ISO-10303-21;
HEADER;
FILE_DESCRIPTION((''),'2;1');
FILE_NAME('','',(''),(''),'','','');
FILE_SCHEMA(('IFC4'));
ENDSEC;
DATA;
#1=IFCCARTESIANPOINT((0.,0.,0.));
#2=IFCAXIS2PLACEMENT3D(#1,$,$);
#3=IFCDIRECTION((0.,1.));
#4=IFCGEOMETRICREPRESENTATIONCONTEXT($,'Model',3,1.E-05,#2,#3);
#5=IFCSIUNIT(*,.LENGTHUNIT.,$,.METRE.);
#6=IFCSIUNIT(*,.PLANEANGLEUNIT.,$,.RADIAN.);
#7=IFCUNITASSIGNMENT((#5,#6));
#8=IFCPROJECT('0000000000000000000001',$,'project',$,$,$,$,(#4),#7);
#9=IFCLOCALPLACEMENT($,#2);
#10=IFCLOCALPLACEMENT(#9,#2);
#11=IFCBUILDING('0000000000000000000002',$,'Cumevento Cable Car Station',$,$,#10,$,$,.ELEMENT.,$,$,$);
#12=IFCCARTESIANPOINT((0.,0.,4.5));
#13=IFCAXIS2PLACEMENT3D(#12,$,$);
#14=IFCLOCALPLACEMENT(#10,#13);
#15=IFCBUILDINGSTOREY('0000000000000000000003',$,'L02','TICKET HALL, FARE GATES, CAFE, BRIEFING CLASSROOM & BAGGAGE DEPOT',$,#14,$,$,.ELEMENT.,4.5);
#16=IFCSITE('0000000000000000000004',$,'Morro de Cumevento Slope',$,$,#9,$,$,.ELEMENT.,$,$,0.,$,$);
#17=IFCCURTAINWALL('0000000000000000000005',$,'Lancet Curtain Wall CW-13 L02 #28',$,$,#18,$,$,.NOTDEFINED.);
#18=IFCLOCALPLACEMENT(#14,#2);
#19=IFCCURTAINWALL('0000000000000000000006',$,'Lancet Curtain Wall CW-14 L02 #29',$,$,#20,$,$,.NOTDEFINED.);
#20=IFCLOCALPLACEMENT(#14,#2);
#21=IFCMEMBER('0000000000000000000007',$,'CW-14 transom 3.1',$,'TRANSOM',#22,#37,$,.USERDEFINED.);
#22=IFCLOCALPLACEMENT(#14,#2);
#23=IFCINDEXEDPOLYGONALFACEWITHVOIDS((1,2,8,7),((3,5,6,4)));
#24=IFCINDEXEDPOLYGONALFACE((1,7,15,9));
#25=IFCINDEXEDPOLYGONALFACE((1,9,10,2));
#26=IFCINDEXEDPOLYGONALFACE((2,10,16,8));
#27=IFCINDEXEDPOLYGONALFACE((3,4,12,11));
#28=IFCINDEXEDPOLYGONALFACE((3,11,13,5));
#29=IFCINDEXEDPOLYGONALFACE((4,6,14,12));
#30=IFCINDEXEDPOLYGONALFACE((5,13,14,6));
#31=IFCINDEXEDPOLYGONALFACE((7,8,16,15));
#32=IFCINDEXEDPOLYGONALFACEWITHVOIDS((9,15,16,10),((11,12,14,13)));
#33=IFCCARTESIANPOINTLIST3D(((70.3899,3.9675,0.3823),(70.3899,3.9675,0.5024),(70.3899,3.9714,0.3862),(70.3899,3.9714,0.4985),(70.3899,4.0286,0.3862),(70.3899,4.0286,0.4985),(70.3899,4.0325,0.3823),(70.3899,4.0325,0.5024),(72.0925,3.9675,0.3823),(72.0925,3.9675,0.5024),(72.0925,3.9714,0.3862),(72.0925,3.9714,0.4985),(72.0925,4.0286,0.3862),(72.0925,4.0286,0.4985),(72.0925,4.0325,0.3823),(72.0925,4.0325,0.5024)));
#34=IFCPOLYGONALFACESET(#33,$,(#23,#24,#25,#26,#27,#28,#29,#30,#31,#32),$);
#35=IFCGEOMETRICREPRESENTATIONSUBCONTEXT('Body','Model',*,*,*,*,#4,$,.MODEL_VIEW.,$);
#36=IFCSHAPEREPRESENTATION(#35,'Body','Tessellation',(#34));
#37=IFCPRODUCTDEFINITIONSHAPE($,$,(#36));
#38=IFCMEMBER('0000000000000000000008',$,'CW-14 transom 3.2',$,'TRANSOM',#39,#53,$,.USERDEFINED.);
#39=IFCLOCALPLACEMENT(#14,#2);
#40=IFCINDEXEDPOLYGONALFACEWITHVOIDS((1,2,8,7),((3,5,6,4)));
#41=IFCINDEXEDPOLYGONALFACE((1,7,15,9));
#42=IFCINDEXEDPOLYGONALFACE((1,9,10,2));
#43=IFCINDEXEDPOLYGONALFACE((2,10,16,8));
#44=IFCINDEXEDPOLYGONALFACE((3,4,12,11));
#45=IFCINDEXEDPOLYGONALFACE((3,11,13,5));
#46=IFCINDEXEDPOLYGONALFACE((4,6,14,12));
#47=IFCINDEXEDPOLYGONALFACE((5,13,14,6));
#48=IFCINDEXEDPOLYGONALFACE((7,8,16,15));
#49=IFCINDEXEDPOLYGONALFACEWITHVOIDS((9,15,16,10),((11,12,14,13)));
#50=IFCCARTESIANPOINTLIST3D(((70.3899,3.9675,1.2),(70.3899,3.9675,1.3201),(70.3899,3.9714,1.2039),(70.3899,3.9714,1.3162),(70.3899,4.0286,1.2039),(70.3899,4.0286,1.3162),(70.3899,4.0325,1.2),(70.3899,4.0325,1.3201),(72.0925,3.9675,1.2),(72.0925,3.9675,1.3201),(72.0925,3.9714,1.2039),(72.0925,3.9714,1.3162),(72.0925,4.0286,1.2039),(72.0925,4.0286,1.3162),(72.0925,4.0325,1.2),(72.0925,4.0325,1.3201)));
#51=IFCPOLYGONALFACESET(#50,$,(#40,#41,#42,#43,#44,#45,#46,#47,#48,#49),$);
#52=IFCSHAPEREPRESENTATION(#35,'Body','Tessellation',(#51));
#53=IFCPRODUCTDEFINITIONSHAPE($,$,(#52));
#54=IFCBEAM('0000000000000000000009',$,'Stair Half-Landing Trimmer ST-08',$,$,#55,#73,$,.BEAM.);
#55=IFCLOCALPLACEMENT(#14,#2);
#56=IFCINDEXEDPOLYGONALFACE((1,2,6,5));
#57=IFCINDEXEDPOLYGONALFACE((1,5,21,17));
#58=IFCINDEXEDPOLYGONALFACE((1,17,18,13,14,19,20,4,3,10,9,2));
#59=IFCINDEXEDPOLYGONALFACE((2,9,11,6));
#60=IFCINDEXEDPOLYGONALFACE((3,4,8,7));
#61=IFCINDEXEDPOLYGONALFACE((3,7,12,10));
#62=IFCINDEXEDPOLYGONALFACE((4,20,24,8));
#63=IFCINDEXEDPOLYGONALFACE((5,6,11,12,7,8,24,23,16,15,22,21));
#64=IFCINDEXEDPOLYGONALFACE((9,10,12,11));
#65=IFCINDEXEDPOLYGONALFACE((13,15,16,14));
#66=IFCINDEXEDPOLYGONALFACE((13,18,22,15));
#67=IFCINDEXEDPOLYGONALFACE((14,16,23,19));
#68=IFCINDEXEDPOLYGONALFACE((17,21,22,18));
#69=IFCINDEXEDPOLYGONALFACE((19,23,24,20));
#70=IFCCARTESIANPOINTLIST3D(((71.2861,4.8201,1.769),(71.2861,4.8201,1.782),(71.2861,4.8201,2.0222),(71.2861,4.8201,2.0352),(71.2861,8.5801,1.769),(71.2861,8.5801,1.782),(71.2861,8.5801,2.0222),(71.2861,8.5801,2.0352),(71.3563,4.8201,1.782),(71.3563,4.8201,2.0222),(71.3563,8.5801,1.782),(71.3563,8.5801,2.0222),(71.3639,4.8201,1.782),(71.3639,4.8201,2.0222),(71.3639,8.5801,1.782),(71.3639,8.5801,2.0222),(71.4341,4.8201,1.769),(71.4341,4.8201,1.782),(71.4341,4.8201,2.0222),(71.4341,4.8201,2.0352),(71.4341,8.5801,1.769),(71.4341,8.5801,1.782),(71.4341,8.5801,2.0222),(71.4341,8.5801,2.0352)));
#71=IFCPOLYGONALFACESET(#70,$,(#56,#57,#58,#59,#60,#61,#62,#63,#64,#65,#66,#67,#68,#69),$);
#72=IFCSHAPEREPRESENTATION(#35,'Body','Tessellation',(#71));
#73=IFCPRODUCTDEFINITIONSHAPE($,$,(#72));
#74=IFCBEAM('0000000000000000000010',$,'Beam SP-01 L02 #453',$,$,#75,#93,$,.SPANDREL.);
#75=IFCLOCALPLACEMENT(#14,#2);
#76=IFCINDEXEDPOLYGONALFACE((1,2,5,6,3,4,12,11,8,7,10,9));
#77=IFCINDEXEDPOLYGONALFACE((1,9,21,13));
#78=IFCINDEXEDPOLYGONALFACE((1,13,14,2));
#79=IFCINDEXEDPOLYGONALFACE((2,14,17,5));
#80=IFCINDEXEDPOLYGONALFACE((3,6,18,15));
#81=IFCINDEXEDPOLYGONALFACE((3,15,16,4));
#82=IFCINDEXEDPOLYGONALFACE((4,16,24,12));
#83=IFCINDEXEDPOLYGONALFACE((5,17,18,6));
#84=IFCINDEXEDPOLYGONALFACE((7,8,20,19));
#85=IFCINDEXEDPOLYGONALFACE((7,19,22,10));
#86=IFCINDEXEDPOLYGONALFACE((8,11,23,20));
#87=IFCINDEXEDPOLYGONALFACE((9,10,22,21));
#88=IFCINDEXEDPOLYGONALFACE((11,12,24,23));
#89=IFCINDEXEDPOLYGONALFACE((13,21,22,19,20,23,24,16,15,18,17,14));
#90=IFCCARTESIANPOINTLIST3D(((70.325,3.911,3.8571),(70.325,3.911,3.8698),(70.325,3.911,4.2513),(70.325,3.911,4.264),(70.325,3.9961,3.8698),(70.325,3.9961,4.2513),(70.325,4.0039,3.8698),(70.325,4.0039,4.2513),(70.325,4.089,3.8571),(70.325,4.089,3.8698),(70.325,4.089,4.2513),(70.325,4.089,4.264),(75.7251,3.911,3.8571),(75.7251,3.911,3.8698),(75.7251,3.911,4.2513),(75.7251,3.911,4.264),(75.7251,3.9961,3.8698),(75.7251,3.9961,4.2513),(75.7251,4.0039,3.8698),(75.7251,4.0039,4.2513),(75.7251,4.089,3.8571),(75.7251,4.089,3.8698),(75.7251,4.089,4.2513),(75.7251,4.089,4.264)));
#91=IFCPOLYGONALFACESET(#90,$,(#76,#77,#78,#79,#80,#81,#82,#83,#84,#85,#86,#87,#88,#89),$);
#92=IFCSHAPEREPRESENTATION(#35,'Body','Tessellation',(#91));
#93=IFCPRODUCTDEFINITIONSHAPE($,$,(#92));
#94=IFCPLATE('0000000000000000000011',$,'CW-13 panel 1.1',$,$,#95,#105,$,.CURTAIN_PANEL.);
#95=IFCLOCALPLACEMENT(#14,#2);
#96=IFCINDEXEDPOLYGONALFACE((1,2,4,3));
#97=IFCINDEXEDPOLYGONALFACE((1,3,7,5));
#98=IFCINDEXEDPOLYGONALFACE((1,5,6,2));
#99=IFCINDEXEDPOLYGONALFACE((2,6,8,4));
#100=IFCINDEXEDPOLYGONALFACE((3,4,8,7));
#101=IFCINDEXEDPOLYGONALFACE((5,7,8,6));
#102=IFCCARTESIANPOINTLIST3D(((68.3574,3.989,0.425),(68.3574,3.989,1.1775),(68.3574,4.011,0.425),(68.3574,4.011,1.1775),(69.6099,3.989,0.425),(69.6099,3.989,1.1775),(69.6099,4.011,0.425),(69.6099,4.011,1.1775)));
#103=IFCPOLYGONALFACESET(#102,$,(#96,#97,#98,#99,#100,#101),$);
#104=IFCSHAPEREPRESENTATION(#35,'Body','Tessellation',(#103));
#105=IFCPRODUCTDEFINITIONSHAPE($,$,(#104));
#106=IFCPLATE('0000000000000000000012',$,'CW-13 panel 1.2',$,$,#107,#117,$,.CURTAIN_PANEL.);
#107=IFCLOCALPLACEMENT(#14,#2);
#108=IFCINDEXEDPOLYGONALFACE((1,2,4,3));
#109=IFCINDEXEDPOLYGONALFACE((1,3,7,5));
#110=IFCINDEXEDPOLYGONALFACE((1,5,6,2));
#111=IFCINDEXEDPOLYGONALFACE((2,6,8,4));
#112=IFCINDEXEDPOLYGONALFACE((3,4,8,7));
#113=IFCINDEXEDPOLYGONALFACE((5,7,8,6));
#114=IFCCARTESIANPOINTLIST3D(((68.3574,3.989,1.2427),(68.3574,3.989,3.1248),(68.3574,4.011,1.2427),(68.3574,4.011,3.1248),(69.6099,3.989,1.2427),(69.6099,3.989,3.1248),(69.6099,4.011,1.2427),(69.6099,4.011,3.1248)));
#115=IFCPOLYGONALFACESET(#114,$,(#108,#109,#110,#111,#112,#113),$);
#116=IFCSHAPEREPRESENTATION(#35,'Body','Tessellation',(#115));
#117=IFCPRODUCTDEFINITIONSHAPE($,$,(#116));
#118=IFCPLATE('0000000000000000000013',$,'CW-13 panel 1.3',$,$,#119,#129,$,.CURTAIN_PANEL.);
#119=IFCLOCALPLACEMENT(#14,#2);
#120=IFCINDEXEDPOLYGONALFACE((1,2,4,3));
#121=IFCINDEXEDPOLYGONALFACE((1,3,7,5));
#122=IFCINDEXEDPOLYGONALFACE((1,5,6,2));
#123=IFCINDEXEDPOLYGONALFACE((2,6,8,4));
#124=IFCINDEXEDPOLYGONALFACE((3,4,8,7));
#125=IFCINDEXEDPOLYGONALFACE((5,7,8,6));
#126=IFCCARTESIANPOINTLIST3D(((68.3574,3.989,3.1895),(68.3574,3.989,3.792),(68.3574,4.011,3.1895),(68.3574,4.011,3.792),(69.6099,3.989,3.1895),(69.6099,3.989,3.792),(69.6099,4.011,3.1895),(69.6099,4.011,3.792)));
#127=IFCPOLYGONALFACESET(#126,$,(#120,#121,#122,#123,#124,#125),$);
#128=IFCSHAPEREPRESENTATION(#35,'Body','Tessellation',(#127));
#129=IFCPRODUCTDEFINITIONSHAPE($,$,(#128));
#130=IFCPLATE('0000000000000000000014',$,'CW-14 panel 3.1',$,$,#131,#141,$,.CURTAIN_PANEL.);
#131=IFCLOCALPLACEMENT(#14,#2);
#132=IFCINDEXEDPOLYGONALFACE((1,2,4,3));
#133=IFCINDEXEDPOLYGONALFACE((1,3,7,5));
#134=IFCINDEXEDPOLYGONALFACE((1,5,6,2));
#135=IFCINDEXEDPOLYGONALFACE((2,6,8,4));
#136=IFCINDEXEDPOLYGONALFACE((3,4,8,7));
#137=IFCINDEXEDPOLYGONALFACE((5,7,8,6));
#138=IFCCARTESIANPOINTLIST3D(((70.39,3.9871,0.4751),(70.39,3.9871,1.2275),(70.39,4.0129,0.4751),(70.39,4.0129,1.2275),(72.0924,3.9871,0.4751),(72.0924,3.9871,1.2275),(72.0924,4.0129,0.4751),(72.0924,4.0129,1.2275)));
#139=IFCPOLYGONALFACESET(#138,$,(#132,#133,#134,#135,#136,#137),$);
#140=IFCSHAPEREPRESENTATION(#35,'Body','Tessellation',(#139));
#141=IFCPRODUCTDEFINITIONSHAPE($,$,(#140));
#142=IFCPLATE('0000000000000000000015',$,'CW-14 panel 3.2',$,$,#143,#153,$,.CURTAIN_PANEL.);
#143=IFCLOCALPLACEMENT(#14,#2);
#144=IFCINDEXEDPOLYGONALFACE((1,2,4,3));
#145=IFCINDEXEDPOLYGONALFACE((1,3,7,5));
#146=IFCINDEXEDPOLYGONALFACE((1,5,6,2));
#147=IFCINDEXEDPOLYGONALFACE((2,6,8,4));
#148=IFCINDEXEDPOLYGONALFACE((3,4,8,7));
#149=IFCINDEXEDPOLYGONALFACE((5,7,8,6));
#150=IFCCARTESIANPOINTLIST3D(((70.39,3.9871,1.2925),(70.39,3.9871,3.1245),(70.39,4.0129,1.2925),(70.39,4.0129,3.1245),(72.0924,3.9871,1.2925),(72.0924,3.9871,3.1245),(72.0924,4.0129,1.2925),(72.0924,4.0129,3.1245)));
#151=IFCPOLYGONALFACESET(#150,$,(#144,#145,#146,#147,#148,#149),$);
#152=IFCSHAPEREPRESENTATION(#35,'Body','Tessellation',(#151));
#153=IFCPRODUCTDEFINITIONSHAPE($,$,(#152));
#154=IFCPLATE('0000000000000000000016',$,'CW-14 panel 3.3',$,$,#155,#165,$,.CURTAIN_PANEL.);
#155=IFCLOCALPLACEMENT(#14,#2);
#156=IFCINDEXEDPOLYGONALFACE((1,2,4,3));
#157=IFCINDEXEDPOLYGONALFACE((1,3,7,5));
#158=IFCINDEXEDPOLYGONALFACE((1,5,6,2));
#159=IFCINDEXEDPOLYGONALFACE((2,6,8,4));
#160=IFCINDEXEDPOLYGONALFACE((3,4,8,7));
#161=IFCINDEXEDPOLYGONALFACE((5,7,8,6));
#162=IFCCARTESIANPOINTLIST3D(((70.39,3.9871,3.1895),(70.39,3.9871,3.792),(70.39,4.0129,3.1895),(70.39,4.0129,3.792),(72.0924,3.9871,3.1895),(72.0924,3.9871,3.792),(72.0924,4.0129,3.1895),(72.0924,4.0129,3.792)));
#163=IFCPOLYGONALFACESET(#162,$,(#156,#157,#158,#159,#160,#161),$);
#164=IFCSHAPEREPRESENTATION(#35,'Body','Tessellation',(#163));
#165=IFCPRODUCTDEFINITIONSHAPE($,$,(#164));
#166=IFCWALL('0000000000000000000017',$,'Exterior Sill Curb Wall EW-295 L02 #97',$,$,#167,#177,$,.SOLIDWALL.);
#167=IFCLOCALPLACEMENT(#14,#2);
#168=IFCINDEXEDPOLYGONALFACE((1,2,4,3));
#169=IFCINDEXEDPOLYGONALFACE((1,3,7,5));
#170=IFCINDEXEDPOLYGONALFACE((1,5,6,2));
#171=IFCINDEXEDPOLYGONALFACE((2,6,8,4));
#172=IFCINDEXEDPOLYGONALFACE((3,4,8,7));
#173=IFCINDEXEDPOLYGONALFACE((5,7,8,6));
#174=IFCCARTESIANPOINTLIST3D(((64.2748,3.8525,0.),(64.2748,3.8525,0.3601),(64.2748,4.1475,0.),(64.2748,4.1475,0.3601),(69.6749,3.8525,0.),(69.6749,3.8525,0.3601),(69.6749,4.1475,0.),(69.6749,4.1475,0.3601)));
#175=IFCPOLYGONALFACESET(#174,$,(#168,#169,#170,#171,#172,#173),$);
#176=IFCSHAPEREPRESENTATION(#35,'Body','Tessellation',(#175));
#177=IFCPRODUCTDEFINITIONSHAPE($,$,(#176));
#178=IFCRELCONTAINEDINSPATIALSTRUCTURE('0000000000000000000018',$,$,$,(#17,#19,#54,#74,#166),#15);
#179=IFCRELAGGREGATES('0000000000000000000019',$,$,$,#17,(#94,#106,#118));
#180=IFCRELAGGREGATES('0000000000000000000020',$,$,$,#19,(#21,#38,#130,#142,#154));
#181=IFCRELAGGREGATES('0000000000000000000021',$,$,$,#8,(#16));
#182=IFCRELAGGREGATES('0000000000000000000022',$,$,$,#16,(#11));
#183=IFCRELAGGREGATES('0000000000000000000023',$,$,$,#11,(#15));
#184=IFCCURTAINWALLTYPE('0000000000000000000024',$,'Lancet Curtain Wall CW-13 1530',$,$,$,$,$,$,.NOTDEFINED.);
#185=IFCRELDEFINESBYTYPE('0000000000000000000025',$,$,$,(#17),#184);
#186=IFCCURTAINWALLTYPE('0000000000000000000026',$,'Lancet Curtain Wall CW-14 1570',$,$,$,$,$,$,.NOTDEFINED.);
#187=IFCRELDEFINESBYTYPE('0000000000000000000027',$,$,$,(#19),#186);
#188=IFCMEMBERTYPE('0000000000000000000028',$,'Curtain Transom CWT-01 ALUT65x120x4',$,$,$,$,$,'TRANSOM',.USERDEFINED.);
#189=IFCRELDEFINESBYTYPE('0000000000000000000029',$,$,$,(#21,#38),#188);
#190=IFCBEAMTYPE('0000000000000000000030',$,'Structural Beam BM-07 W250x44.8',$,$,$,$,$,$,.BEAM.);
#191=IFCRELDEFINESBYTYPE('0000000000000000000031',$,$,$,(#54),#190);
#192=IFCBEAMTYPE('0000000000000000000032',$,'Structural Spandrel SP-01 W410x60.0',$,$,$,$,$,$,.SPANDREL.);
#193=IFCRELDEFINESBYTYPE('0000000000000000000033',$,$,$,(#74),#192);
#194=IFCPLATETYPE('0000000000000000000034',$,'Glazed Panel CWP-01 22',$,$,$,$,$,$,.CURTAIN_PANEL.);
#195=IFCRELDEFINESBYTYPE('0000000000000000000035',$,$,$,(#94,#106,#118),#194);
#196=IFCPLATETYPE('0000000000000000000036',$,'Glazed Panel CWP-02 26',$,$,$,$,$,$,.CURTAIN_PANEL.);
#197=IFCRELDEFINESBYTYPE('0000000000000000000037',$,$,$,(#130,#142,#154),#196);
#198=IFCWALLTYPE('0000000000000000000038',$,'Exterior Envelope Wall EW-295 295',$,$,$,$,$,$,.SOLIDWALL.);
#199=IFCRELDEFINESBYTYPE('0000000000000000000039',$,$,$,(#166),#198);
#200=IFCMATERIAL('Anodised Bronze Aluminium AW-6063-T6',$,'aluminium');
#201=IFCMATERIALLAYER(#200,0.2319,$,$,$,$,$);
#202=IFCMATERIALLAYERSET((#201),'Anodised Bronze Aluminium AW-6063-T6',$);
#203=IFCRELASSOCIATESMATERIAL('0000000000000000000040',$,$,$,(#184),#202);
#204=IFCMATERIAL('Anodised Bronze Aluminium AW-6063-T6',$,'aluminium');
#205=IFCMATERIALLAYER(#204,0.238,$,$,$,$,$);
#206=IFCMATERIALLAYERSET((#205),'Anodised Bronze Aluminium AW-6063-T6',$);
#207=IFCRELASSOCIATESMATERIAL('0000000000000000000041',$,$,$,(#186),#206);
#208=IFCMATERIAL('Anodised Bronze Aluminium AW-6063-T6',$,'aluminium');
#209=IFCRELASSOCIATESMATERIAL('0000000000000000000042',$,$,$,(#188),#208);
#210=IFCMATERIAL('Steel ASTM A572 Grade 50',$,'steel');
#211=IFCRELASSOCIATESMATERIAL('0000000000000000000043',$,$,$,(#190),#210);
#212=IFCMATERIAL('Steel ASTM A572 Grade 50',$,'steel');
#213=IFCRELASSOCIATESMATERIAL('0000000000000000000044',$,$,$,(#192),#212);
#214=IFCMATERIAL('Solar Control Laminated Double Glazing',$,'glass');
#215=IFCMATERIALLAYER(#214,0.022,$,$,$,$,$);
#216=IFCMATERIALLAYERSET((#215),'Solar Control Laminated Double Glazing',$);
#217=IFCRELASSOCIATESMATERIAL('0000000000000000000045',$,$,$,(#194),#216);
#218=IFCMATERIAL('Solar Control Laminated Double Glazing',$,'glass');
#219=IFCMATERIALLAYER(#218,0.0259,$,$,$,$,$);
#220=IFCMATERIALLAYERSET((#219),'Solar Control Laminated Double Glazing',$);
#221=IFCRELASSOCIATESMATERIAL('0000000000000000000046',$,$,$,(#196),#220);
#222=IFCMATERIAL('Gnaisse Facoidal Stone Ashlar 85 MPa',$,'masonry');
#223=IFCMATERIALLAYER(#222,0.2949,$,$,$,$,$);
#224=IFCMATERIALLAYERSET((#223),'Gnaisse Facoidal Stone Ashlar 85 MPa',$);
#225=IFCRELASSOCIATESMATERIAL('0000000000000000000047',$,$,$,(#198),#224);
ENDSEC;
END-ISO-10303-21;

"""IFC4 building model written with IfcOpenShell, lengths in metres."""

from ifc_helpers import new_model, si_unit, direction, frame, frame_2d, origin, origin_2d, place, context, subcontext, project, spatial, rectangle, hollow_rectangle, i_section, extrude, material, layer, layer_set, material_profile, profile_set, type_object, element, aggregate, save


model = new_model("IFC4")

# Units and contexts
model_context = context("Model", 3, precision=1e-05, world=origin(), true_north=direction((0.0, 1.0)))
body_context = subcontext(model_context, "Body", "Model", "MODEL_VIEW")
ifc_project = project(units=[si_unit("LENGTHUNIT", "METRE"), si_unit("PLANEANGLEUNIT", "RADIAN")], contexts=[model_context])

# Site, building, storey
site_placement = place(None, origin())
site = spatial("IfcSite", under=ifc_project, at=site_placement, Name="Morro de Cumevento Slope", CompositionType="ELEMENT", RefElevation=0.0)
building_placement = place(site_placement, origin())
building = spatial("IfcBuilding", under=site, at=building_placement, Name="Cumevento Cable Car Station", CompositionType="ELEMENT")
storey_placement = place(building_placement, frame((0.0, 0.0, 4.5)))
storey = spatial("IfcBuildingStorey", under=building, at=storey_placement, Name="L02", Description="TICKET HALL, FARE GATES, CAFE, BRIEFING CLASSROOM & BAGGAGE DEPOT", CompositionType="ELEMENT", Elevation=4.5)

# Curtain wall
ifc_material_1 = material(Name="Anodised Bronze Aluminium AW-6063-T6", Category="aluminium")
ifc_layer_1 = layer(ifc_material_1, 0.2319)
ifc_layer_set_1 = layer_set([ifc_layer_1], Name="Anodised Bronze Aluminium AW-6063-T6")
curtain_wall_type_1 = type_object("IfcCurtainWallType", Name="Lancet Curtain Wall CW-13 1530", PredefinedType="NOTDEFINED", material=ifc_layer_set_1)
curtain_wall_1_placement = place(storey_placement, origin())
curtain_wall_1 = element("IfcCurtainWall", 1, at=curtain_wall_1_placement, inside=storey, type_object=curtain_wall_type_1, Name="Lancet Curtain Wall CW-13 L02 #28", PredefinedType="NOTDEFINED")

# Curtain wall
ifc_material_2 = material(Name="Anodised Bronze Aluminium AW-6063-T6", Category="aluminium")
ifc_layer_2 = layer(ifc_material_2, 0.238)
ifc_layer_set_2 = layer_set([ifc_layer_2], Name="Anodised Bronze Aluminium AW-6063-T6")
curtain_wall_type_2 = type_object("IfcCurtainWallType", Name="Lancet Curtain Wall CW-14 1570", PredefinedType="NOTDEFINED", material=ifc_layer_set_2)
curtain_wall_2_placement = place(storey_placement, origin())
curtain_wall_2 = element("IfcCurtainWall", 2, at=curtain_wall_2_placement, inside=storey, type_object=curtain_wall_type_2, Name="Lancet Curtain Wall CW-14 L02 #29", PredefinedType="NOTDEFINED")

# Members
ifc_material_3 = material(Name="Anodised Bronze Aluminium AW-6063-T6", Category="aluminium")
ifc_material_profile_1 = material_profile(ifc_material_3, hollow_rectangle(XDim=0.0649, YDim=0.1201, WallThickness=0.0039, at=origin_2d()), Name="ALUT65x120x4")
ifc_profile_set_1 = profile_set([ifc_material_profile_1], Name="Anodised Bronze Aluminium AW-6063-T6")
member_type_1 = type_object("IfcMemberType", Name="Curtain Transom CWT-01 ALUT65x120x4", ElementType="TRANSOM", PredefinedType="USERDEFINED", material=ifc_profile_set_1)
member_1_placement = place(storey_placement, frame((72.0925, 4.0, 0.4424), z_axis=(-1.0, 0.0, 0.0), x_axis=(0.0, -1.0, 0.0)))
member_1 = element("IfcMember", 3, at=member_1_placement, type_object=member_type_1, Name="CW-14 transom 3.1", ObjectType="TRANSOM", PredefinedType="USERDEFINED", context=body_context, shape_type="SweptSolid", body=[
    extrude(hollow_rectangle(XDim=0.0649, YDim=0.1201, WallThickness=0.0039, at=origin_2d()), origin(), (0.0, 0.0, 1.0), 1.7026),
])
member_2_placement = place(storey_placement, frame((72.0925, 4.0, 1.26), z_axis=(-1.0, 0.0, 0.0), x_axis=(0.0, -1.0, 0.0)))
member_2 = element("IfcMember", 4, at=member_2_placement, type_object=member_type_1, Name="CW-14 transom 3.2", ObjectType="TRANSOM", PredefinedType="USERDEFINED", context=body_context, shape_type="SweptSolid", body=[
    extrude(hollow_rectangle(XDim=0.0649, YDim=0.1201, WallThickness=0.0039, at=origin_2d()), origin(), (0.0, 0.0, 1.0), 1.7026),
])

# Beams
ifc_material_4 = material(Name="Steel ASTM A572 Grade 50", Category="steel")
ifc_material_profile_2 = material_profile(ifc_material_4, i_section(OverallWidth=0.1479, OverallDepth=0.2661, WebThickness=0.0076, FlangeThickness=0.0129, at=origin_2d()), Name="W250x44.8")
ifc_profile_set_2 = profile_set([ifc_material_profile_2], Name="Steel ASTM A572 Grade 50")
beam_type_1 = type_object("IfcBeamType", Name="Structural Beam BM-07 W250x44.8", PredefinedType="BEAM", material=ifc_profile_set_2)
beam_1_placement = place(storey_placement, frame((71.3601, 4.8201, 1.9021), z_axis=(0.0, 1.0, 0.0), x_axis=(-1.0, 0.0, 0.0)))
element("IfcBeam", 5, at=beam_1_placement, inside=storey, type_object=beam_type_1, Name="Stair Half-Landing Trimmer ST-08", PredefinedType="BEAM", context=body_context, shape_type="SweptSolid", body=[
    extrude(i_section(OverallWidth=0.1479, OverallDepth=0.2661, WebThickness=0.0076, FlangeThickness=0.0129, at=origin_2d()), origin(), (0.0, 0.0, 1.0), 3.76),
])
ifc_material_5 = material(Name="Steel ASTM A572 Grade 50", Category="steel")
ifc_material_profile_3 = material_profile(ifc_material_5, i_section(OverallWidth=0.178, OverallDepth=0.407, WebThickness=0.0078, FlangeThickness=0.0127, at=origin_2d()), Name="W410x60.0")
ifc_profile_set_3 = profile_set([ifc_material_profile_3], Name="Steel ASTM A572 Grade 50")
beam_type_2 = type_object("IfcBeamType", Name="Structural Spandrel SP-01 W410x60.0", PredefinedType="SPANDREL", material=ifc_profile_set_3)
beam_2_placement = place(storey_placement, frame((70.325, 4.0, 4.0605), z_axis=(1.0, 0.0, 0.0), x_axis=(0.0, 1.0, 0.0)))
element("IfcBeam", 6, at=beam_2_placement, inside=storey, type_object=beam_type_2, Name="Beam SP-01 L02 #453", PredefinedType="SPANDREL", context=body_context, shape_type="SweptSolid", body=[
    extrude(i_section(OverallWidth=0.178, OverallDepth=0.407, WebThickness=0.0078, FlangeThickness=0.0127, at=origin_2d()), origin(), (0.0, 0.0, 1.0), 5.4001),
])

# Plates
ifc_material_6 = material(Name="Solar Control Laminated Double Glazing", Category="glass")
ifc_layer_3 = layer(ifc_material_6, 0.022)
ifc_layer_set_3 = layer_set([ifc_layer_3], Name="Solar Control Laminated Double Glazing")
plate_type_1 = type_object("IfcPlateType", Name="Glazed Panel CWP-01 22", PredefinedType="CURTAIN_PANEL", material=ifc_layer_set_3)
plate_1_placement = place(storey_placement, frame((68.9836, 4.0, 0.425), z_axis=(0.0, 0.0, 1.0), x_axis=(-1.0, 0.0, 0.0)))
plate_1 = element("IfcPlate", 7, at=plate_1_placement, type_object=plate_type_1, Name="CW-13 panel 1.1", PredefinedType="CURTAIN_PANEL", context=body_context, shape_type="SweptSolid", body=[
    extrude(rectangle(XDim=1.2524, YDim=0.022, at=origin_2d()), origin(), (0.0, 0.0, 1.0), 0.7524),
])
plate_2_placement = place(storey_placement, frame((68.9836, 4.0, 1.2427), z_axis=(0.0, 0.0, 1.0), x_axis=(-1.0, 0.0, 0.0)))
plate_2 = element("IfcPlate", 8, at=plate_2_placement, type_object=plate_type_1, Name="CW-13 panel 1.2", PredefinedType="CURTAIN_PANEL", context=body_context, shape_type="SweptSolid", body=[
    extrude(rectangle(XDim=1.2524, YDim=0.022, at=origin_2d()), origin(), (0.0, 0.0, 1.0), 1.8821),
])
plate_3_placement = place(storey_placement, frame((68.9836, 4.0, 3.1895), z_axis=(0.0, 0.0, 1.0), x_axis=(-1.0, 0.0, 0.0)))
plate_3 = element("IfcPlate", 9, at=plate_3_placement, type_object=plate_type_1, Name="CW-13 panel 1.3", PredefinedType="CURTAIN_PANEL", context=body_context, shape_type="SweptSolid", body=[
    extrude(rectangle(XDim=1.2524, YDim=0.022, at=origin_2d()), origin(), (0.0, 0.0, 1.0), 0.6025),
])
aggregate(curtain_wall_1, [plate_1, plate_2, plate_3])
ifc_material_7 = material(Name="Solar Control Laminated Double Glazing", Category="glass")
ifc_layer_4 = layer(ifc_material_7, 0.0259)
ifc_layer_set_4 = layer_set([ifc_layer_4], Name="Solar Control Laminated Double Glazing")
plate_type_2 = type_object("IfcPlateType", Name="Glazed Panel CWP-02 26", PredefinedType="CURTAIN_PANEL", material=ifc_layer_set_4)
plate_4_placement = place(storey_placement, frame((71.2412, 4.0, 0.4751), z_axis=(0.0, 0.0, 1.0), x_axis=(-1.0, 0.0, 0.0)))
plate_4 = element("IfcPlate", 10, at=plate_4_placement, type_object=plate_type_2, Name="CW-14 panel 3.1", PredefinedType="CURTAIN_PANEL", context=body_context, shape_type="SweptSolid", body=[
    extrude(rectangle(XDim=1.7024, YDim=0.0259, at=origin_2d()), origin(), (0.0, 0.0, 1.0), 0.7524),
])
plate_5_placement = place(storey_placement, frame((71.2412, 4.0, 1.2925), z_axis=(0.0, 0.0, 1.0), x_axis=(-1.0, 0.0, 0.0)))
plate_5 = element("IfcPlate", 11, at=plate_5_placement, type_object=plate_type_2, Name="CW-14 panel 3.2", PredefinedType="CURTAIN_PANEL", context=body_context, shape_type="SweptSolid", body=[
    extrude(rectangle(XDim=1.7024, YDim=0.0259, at=origin_2d()), origin(), (0.0, 0.0, 1.0), 1.832),
])
plate_6_placement = place(storey_placement, frame((71.2412, 4.0, 3.1895), z_axis=(0.0, 0.0, 1.0), x_axis=(-1.0, 0.0, 0.0)))
plate_6 = element("IfcPlate", 12, at=plate_6_placement, type_object=plate_type_2, Name="CW-14 panel 3.3", PredefinedType="CURTAIN_PANEL", context=body_context, shape_type="SweptSolid", body=[
    extrude(rectangle(XDim=1.7024, YDim=0.0259, at=origin_2d()), origin(), (0.0, 0.0, 1.0), 0.6025),
])
aggregate(curtain_wall_2, [member_1, member_2, plate_4, plate_5, plate_6])

# Wall
ifc_material_8 = material(Name="Gnaisse Facoidal Stone Ashlar 85 MPa", Category="masonry")
ifc_layer_5 = layer(ifc_material_8, 0.2949)
ifc_layer_set_5 = layer_set([ifc_layer_5], Name="Gnaisse Facoidal Stone Ashlar 85 MPa")
wall_type_1 = type_object("IfcWallType", Name="Exterior Envelope Wall EW-295 295", PredefinedType="SOLIDWALL", material=ifc_layer_set_5)
wall_1_placement = place(storey_placement, frame((69.675, 4.0, 0.0), z_axis=(0.0, 0.0, 1.0), x_axis=(-1.0, 0.0, 0.0)))
element("IfcWall", 13, at=wall_1_placement, inside=storey, type_object=wall_type_1, Name="Exterior Sill Curb Wall EW-295 L02 #97", PredefinedType="SOLIDWALL", context=body_context, shape_type="SweptSolid", body=[
    extrude(rectangle(XDim=5.4001, YDim=0.2949, at=frame_2d((2.7002, 0.0))), origin(), (0.0, 0.0, 1.0), 0.3601),
])

save(model, "model.ifc")
